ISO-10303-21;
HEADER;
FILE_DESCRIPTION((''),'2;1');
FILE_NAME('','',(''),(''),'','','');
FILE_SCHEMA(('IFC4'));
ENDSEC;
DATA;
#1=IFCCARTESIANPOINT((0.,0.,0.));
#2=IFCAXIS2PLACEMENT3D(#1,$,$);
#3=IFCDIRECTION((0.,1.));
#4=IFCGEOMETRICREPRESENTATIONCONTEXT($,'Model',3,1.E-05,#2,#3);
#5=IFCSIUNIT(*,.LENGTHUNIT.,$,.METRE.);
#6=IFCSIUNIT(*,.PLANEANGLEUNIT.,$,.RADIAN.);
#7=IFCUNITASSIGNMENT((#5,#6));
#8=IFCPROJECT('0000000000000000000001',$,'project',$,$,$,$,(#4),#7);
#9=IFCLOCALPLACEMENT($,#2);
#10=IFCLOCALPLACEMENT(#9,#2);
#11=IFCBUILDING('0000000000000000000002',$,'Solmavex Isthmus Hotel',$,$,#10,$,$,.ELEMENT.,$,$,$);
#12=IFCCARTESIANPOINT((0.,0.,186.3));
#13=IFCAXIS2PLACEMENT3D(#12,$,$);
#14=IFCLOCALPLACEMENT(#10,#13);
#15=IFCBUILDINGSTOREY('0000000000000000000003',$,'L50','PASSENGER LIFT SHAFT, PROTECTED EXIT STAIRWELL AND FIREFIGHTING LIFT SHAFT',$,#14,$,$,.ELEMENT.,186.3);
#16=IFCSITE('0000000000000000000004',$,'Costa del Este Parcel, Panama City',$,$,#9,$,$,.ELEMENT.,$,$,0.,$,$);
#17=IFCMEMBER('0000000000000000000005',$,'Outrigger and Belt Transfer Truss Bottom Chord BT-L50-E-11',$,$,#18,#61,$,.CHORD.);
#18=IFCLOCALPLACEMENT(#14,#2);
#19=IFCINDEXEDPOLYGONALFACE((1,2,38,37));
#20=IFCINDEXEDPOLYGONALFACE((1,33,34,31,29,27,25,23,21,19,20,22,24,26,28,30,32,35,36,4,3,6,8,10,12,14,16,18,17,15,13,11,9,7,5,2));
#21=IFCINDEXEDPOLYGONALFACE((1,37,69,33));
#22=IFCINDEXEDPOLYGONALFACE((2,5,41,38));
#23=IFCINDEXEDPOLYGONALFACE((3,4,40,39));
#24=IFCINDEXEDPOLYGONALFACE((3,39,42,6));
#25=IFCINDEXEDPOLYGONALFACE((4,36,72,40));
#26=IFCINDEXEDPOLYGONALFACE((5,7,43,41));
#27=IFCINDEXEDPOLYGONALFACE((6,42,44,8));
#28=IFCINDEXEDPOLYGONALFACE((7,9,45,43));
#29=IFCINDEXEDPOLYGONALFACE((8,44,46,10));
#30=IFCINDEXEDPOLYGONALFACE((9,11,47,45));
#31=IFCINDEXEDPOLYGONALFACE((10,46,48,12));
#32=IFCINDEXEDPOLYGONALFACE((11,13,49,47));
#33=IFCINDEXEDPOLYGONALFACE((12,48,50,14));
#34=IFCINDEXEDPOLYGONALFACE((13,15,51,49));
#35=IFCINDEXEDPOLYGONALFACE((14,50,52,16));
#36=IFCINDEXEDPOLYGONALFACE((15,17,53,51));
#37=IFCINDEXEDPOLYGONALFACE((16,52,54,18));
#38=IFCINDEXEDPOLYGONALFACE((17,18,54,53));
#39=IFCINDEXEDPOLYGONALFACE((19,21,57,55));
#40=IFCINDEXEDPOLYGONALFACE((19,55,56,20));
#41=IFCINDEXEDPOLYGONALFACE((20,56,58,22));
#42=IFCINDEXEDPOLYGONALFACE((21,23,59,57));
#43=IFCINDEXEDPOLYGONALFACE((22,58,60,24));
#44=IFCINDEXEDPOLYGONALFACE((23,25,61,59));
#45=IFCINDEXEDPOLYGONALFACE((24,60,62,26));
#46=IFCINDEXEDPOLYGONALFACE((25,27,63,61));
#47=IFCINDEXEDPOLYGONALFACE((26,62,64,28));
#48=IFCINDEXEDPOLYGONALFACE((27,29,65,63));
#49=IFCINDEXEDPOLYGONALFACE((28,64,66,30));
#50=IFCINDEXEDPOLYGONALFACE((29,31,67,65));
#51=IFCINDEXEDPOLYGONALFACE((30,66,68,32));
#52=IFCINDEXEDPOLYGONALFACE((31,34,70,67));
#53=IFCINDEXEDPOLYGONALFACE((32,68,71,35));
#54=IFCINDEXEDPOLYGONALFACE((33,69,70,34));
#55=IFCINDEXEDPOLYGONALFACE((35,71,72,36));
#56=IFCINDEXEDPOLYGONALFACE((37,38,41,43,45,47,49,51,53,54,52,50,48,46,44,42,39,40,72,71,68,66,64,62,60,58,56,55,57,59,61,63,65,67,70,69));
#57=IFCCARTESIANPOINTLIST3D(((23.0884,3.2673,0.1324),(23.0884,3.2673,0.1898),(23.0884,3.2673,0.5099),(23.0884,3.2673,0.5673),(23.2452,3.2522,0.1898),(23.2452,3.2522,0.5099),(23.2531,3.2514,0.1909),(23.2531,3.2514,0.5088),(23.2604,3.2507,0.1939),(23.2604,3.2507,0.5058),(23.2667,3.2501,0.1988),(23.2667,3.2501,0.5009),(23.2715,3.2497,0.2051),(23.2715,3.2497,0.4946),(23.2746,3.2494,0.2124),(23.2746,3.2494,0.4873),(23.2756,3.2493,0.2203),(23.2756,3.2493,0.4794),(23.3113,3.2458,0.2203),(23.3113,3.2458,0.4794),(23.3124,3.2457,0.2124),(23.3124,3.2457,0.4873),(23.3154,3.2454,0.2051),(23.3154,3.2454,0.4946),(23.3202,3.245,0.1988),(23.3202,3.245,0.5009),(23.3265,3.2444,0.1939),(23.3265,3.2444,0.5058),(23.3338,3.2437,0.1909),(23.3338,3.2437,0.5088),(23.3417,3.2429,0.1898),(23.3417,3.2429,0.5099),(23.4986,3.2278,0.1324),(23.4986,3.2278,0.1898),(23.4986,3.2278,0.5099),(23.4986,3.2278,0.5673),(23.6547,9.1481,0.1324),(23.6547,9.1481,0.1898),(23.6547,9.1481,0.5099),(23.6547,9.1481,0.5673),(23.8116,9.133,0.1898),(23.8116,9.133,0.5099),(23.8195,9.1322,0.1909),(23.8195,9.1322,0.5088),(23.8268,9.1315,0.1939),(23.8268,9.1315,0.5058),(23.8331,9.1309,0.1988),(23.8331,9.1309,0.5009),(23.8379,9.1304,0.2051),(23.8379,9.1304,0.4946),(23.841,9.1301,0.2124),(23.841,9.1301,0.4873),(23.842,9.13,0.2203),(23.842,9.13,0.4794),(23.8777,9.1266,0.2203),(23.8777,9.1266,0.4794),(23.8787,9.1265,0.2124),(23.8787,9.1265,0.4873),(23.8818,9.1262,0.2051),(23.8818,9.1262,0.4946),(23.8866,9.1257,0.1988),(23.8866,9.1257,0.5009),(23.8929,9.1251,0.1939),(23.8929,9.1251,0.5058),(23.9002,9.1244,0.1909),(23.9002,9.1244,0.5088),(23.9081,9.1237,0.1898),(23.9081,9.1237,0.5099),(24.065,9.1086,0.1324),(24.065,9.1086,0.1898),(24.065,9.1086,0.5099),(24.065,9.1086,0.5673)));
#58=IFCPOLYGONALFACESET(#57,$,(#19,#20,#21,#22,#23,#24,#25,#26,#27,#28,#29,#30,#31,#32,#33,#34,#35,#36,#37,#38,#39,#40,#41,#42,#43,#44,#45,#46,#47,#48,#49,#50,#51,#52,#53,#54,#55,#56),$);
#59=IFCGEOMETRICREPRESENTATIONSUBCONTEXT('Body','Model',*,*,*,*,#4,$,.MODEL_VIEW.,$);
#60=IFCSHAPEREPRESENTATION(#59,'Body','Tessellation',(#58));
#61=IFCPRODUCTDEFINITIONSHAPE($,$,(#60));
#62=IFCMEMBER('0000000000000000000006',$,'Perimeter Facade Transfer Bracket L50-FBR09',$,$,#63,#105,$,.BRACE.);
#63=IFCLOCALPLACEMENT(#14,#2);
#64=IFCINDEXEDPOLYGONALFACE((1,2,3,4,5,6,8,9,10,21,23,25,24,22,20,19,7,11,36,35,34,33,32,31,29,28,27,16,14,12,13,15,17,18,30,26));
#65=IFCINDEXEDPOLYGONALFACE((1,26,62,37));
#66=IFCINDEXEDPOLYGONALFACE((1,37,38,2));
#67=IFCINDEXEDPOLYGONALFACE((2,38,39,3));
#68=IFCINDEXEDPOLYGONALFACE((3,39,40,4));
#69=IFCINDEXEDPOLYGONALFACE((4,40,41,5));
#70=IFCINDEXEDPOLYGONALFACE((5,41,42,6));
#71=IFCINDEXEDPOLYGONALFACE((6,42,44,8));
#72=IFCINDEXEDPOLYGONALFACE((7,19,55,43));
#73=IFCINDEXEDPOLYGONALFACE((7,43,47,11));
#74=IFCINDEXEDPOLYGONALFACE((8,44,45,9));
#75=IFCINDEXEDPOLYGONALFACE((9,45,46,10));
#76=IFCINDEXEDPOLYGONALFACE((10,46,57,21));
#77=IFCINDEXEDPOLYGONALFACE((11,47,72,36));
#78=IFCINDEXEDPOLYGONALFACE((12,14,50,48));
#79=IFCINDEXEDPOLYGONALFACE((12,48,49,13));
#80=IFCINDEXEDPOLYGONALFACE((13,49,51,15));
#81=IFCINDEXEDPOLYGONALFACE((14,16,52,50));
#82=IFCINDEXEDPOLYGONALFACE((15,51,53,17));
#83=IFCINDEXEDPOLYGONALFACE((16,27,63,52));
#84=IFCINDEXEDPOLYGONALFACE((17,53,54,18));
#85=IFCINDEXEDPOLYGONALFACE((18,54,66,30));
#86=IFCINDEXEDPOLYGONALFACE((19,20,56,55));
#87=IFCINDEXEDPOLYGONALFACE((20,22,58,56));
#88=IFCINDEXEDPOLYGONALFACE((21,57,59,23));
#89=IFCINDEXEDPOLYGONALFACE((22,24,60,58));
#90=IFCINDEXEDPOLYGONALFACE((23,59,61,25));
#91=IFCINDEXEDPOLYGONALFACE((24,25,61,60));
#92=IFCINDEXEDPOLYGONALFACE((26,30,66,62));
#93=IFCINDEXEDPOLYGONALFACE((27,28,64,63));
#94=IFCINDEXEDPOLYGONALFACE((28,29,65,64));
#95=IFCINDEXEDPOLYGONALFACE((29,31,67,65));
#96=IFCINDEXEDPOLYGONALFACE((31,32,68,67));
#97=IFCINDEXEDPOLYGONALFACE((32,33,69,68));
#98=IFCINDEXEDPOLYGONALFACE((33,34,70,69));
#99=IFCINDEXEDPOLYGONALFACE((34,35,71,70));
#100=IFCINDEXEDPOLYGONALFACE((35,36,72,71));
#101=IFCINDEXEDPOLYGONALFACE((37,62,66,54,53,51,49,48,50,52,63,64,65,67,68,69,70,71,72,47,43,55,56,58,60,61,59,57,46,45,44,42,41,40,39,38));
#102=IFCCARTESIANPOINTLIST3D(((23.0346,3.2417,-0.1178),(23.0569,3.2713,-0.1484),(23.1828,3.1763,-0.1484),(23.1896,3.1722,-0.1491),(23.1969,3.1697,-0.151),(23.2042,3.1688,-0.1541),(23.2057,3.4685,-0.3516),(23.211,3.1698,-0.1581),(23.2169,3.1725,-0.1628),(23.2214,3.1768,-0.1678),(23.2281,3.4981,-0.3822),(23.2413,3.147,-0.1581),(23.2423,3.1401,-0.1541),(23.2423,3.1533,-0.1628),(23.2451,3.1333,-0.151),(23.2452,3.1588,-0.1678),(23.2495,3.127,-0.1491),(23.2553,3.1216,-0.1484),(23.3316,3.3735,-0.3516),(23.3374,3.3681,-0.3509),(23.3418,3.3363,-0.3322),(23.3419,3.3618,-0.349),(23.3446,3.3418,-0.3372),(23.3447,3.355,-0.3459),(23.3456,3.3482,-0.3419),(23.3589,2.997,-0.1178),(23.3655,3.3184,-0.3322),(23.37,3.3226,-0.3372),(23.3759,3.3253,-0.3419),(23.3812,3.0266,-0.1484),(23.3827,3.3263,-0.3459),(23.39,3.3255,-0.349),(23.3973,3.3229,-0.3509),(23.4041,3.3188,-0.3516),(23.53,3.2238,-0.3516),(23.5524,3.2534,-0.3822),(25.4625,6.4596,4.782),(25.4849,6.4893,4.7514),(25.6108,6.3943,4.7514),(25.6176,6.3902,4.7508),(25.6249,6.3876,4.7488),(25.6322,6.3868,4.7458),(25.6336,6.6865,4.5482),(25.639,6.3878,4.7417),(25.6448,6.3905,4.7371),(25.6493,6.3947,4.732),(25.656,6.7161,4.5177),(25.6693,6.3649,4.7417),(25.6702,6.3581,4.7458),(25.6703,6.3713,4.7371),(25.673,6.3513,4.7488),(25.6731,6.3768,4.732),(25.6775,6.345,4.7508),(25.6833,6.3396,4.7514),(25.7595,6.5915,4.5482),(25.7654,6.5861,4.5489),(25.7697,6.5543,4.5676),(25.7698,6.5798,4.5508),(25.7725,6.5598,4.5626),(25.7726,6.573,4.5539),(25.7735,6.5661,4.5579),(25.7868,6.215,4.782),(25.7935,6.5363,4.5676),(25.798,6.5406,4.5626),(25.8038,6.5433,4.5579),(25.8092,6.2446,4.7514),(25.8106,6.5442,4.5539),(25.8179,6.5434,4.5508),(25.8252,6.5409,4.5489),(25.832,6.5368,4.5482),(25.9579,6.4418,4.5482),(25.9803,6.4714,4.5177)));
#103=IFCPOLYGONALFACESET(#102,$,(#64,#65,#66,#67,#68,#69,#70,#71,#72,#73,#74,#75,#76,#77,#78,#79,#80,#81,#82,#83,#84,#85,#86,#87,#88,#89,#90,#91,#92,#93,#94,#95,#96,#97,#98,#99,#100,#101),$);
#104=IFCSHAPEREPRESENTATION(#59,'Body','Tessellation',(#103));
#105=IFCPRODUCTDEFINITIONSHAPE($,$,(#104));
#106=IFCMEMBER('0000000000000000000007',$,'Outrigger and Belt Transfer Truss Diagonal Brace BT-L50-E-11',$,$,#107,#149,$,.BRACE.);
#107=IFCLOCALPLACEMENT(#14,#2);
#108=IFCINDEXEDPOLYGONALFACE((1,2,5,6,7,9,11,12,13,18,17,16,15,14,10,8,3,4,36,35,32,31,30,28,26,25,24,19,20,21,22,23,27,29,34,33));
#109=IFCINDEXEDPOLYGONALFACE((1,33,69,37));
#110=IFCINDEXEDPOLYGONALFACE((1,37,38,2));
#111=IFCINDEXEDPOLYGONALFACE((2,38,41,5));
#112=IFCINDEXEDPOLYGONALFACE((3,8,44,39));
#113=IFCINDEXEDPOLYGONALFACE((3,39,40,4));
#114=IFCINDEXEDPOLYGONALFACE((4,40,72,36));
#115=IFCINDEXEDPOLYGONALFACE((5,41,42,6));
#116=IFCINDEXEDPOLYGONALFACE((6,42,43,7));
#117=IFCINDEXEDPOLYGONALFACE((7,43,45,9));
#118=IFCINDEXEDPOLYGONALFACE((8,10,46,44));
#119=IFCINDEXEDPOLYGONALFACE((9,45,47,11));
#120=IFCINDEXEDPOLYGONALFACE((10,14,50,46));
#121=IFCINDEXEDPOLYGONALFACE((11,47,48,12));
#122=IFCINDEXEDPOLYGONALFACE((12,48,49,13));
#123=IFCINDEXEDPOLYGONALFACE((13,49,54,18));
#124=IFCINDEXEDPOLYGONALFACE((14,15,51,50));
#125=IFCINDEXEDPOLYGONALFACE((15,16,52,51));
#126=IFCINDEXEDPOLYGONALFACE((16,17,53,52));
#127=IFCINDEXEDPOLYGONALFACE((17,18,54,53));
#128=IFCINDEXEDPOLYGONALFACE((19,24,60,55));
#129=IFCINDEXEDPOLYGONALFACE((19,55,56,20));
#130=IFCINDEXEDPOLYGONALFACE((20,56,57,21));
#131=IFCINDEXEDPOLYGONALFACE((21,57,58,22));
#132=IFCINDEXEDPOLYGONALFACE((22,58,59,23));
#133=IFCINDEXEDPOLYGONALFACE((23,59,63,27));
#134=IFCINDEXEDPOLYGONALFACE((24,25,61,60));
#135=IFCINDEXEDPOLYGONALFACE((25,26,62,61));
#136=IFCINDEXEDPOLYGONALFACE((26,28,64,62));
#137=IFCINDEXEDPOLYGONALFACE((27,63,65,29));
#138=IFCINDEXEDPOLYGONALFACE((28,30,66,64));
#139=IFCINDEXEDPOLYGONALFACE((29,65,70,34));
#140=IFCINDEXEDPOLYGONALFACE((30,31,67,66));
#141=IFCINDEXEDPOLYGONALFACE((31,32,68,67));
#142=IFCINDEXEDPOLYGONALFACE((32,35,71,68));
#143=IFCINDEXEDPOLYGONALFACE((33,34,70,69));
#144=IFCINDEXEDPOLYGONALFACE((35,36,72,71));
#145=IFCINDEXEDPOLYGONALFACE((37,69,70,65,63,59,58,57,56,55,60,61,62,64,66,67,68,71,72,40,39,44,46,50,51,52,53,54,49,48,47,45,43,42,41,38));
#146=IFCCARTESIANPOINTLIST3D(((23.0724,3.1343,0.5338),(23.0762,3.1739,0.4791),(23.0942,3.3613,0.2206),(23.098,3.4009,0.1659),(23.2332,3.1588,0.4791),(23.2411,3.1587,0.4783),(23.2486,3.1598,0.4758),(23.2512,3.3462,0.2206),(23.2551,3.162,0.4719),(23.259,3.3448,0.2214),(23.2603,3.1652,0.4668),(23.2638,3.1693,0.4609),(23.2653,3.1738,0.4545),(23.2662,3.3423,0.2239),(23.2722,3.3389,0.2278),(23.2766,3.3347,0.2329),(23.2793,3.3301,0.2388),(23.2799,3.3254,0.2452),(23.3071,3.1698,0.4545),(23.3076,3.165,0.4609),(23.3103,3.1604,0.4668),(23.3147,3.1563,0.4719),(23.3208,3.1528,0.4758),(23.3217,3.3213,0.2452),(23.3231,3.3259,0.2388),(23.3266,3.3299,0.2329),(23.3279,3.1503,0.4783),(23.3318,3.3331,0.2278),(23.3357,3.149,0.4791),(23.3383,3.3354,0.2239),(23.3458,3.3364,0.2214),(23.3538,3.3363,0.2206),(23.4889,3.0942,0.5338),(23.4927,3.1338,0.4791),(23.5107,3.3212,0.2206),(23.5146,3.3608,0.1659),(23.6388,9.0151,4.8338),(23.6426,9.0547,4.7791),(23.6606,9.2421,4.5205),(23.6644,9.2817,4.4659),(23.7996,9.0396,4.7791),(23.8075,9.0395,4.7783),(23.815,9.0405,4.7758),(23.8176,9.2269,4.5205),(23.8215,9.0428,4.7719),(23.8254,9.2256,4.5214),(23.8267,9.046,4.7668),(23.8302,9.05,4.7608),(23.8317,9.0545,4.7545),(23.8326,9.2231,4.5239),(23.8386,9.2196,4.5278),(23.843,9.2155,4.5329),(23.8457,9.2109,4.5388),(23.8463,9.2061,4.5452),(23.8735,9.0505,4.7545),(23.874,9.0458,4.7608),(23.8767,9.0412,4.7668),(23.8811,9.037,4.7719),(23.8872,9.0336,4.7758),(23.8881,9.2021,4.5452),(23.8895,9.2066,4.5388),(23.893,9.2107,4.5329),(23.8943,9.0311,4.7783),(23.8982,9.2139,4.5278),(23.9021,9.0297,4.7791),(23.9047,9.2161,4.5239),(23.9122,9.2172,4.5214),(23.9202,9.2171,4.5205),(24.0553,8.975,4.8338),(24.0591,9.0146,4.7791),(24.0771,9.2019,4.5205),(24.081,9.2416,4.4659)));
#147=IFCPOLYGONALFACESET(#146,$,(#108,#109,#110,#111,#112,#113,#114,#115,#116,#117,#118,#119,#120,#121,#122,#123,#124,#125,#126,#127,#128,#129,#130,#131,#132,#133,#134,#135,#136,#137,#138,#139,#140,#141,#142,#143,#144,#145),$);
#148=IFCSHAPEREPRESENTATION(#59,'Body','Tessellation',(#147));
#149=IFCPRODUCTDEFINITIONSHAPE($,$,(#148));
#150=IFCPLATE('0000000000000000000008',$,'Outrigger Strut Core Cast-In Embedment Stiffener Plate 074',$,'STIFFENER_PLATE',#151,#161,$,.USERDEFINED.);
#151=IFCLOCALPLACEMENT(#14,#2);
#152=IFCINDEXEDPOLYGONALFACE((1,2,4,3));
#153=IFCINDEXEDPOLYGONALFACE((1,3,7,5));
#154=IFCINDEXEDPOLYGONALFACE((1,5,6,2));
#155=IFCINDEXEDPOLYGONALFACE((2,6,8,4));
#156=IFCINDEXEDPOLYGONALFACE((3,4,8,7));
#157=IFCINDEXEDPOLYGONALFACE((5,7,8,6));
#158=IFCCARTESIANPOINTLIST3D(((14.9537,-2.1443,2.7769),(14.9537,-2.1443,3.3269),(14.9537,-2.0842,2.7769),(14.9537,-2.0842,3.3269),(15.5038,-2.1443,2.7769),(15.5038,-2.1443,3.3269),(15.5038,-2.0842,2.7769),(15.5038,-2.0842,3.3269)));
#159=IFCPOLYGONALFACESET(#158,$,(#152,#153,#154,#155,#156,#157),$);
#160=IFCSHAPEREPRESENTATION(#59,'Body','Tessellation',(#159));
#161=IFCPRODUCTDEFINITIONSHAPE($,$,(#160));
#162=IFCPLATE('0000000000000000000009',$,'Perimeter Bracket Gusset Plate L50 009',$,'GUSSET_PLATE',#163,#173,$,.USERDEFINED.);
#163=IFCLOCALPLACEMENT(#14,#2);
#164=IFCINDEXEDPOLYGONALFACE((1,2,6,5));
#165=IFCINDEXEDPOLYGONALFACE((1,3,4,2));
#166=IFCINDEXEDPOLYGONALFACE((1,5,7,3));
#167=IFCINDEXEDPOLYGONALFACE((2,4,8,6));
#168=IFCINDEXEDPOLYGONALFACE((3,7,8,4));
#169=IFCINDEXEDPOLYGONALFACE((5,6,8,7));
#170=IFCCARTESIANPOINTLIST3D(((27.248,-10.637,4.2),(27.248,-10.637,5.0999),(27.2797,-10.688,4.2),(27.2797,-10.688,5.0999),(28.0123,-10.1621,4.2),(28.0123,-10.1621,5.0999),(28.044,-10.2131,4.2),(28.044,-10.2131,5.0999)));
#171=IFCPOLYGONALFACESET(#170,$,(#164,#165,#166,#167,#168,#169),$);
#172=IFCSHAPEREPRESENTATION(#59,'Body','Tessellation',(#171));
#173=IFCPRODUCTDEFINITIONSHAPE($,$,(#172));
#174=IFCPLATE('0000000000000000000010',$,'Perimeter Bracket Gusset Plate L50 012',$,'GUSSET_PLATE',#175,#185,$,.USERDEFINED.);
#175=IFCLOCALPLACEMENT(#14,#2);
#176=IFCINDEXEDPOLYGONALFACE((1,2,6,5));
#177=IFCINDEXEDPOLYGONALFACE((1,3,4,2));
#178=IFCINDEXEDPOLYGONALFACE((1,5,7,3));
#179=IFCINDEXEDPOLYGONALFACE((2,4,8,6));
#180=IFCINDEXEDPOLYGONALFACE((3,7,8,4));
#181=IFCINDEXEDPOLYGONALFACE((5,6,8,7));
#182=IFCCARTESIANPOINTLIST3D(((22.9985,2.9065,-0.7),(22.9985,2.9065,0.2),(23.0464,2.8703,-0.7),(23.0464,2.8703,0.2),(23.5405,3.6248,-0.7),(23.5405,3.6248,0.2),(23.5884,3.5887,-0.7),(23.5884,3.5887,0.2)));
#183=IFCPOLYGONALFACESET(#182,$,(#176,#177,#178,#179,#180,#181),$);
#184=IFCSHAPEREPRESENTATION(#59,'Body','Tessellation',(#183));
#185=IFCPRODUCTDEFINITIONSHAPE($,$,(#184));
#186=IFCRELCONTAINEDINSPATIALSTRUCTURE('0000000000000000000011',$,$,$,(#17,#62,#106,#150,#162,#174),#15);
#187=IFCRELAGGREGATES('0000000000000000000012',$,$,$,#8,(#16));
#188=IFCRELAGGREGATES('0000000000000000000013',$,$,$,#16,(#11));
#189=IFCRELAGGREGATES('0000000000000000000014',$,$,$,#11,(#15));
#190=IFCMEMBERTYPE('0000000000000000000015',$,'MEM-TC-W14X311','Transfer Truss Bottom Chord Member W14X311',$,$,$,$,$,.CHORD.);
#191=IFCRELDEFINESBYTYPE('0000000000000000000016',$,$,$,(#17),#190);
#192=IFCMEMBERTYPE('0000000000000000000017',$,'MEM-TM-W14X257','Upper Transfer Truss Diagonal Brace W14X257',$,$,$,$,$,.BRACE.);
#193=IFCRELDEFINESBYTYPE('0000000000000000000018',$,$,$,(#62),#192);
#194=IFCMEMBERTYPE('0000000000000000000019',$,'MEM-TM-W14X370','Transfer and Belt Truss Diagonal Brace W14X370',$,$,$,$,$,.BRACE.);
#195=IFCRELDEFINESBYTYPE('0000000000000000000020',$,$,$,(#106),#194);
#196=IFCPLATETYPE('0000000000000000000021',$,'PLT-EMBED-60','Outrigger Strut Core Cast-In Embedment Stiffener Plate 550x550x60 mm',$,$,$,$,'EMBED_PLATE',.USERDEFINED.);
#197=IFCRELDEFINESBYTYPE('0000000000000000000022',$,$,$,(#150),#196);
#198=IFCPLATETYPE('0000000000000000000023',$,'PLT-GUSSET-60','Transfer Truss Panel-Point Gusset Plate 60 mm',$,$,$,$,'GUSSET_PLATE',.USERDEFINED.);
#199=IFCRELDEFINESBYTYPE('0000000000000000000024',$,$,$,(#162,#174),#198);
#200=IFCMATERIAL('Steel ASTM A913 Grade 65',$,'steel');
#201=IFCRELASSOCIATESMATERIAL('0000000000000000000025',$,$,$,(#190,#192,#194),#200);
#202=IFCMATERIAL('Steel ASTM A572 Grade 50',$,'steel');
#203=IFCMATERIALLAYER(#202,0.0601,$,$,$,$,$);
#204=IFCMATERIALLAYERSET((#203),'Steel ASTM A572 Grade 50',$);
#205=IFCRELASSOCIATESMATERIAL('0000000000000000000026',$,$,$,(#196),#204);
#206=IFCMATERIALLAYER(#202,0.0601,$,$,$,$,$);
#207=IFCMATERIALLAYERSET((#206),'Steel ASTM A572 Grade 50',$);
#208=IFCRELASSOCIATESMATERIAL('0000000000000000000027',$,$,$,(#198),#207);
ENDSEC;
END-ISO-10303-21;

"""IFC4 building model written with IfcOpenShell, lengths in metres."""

from ifc_helpers import new_model, si_unit, direction, frame, origin, origin_2d, place, context, subcontext, project, spatial, rectangle, i_section, extrude, material, layer, layer_set, material_profile, profile_set, type_object, element, save


model = new_model("IFC4")

# Units and contexts
model_context = context("Model", 3, precision=1e-05, world=origin(), true_north=direction((0.0, 1.0)))
body_context = subcontext(model_context, "Body", "Model", "MODEL_VIEW")
ifc_project = project(units=[si_unit("LENGTHUNIT", "METRE"), si_unit("PLANEANGLEUNIT", "RADIAN")], contexts=[model_context])

# Site, building, storey
site_placement = place(None, origin())
site = spatial("IfcSite", under=ifc_project, at=site_placement, Name="Costa del Este Parcel, Panama City", CompositionType="ELEMENT", RefElevation=0.0)
building_placement = place(site_placement, origin())
building = spatial("IfcBuilding", under=site, at=building_placement, Name="Solmavex Isthmus Hotel", CompositionType="ELEMENT")
storey_placement = place(building_placement, frame((0.0, 0.0, 186.3)))
storey = spatial("IfcBuildingStorey", under=building, at=storey_placement, Name="L50", Description="PASSENGER LIFT SHAFT, PROTECTED EXIT STAIRWELL AND FIREFIGHTING LIFT SHAFT", CompositionType="ELEMENT", Elevation=186.3)

# Shared definitions
ifc_material_1 = material(Name="Steel ASTM A913 Grade 65", Category="steel")

# Members
ifc_material_profile_1 = material_profile(ifc_material_1, i_section(OverallWidth=0.4121, OverallDepth=0.4348, WebThickness=0.0359, FlangeThickness=0.0574, FilletRadius=0.0305, at=origin_2d()), Name="W14X311")
ifc_profile_set_1 = profile_set([ifc_material_profile_1], Name="Steel ASTM A913 Grade 65")
member_type_1 = type_object("IfcMemberType", Name="MEM-TC-W14X311", Description="Transfer Truss Bottom Chord Member W14X311", PredefinedType="CHORD", material=ifc_profile_set_1)
member_1_placement = place(storey_placement, frame((23.2935, 3.2476, 0.3499), z_axis=(0.09587, 0.995394, 0.0), x_axis=(-0.995394, 0.09587, 0.0)))
element("IfcMember", 1, at=member_1_placement, inside=storey, type_object=member_type_1, Name="Outrigger and Belt Transfer Truss Bottom Chord BT-L50-E-11", PredefinedType="CHORD", context=body_context, shape_type="SweptSolid", body=[
    extrude(i_section(OverallWidth=0.4121, OverallDepth=0.4348, WebThickness=0.0359, FlangeThickness=0.0574, FilletRadius=0.0305, at=origin_2d()), origin(), (0.0, 0.0, 1.0), 5.908),
])
ifc_material_profile_2 = material_profile(ifc_material_1, i_section(OverallWidth=0.4062, OverallDepth=0.416, WebThickness=0.0298, FlangeThickness=0.0481, FilletRadius=0.0305, at=origin_2d()), Name="W14X257")
ifc_profile_set_2 = profile_set([ifc_material_profile_2], Name="Steel ASTM A913 Grade 65")
member_type_2 = type_object("IfcMemberType", Name="MEM-TM-W14X257", Description="Upper Transfer Truss Diagonal Brace W14X257", PredefinedType="BRACE", material=ifc_profile_set_2)
member_2_placement = place(storey_placement, frame((23.2935, 3.2476, -0.25), z_axis=(0.382657, 0.507169, 0.772239), x_axis=(-0.798274, 0.602294, 0.0)))
element("IfcMember", 2, at=member_2_placement, inside=storey, type_object=member_type_2, Name="Perimeter Facade Transfer Bracket L50-FBR09", PredefinedType="BRACE", context=body_context, shape_type="SweptSolid", body=[
    extrude(i_section(OverallWidth=0.4062, OverallDepth=0.416, WebThickness=0.0298, FlangeThickness=0.0481, FilletRadius=0.0305, at=origin_2d()), origin(), (0.0, 0.0, 1.0), 6.345),
])
ifc_material_profile_3 = material_profile(ifc_material_1, i_section(OverallWidth=0.4185, OverallDepth=0.4551, WebThickness=0.042, FlangeThickness=0.0676, FilletRadius=0.0305, at=origin_2d()), Name="W14X370")
ifc_profile_set_3 = profile_set([ifc_material_profile_3], Name="Steel ASTM A913 Grade 65")
member_type_3 = type_object("IfcMemberType", Name="MEM-TM-W14X370", Description="Transfer and Belt Truss Diagonal Brace W14X370", PredefinedType="BRACE", material=ifc_profile_set_3)
member_3_placement = place(storey_placement, frame((23.2935, 3.2476, 0.3499), z_axis=(0.077513, 0.804799, 0.588464), x_axis=(-0.995394, 0.09587, 0.0)))
element("IfcMember", 3, at=member_3_placement, inside=storey, type_object=member_type_3, Name="Outrigger and Belt Transfer Truss Diagonal Brace BT-L50-E-11", PredefinedType="BRACE", context=body_context, shape_type="SweptSolid", body=[
    extrude(i_section(OverallWidth=0.4185, OverallDepth=0.4551, WebThickness=0.042, FlangeThickness=0.0676, FilletRadius=0.0305, at=origin_2d()), origin(), (0.0, 0.0, 1.0), 7.3071),
])

# Plates
ifc_material_2 = material(Name="Steel ASTM A572 Grade 50", Category="steel")
ifc_layer_1 = layer(ifc_material_2, 0.0601)
ifc_layer_set_1 = layer_set([ifc_layer_1], Name="Steel ASTM A572 Grade 50")
plate_type_1 = type_object("IfcPlateType", Name="PLT-EMBED-60", Description="Outrigger Strut Core Cast-In Embedment Stiffener Plate 550x550x60 mm", ElementType="EMBED_PLATE", PredefinedType="USERDEFINED", material=ifc_layer_set_1)
plate_placement = place(storey_placement, frame((15.2288, -2.1143, 2.7769), z_axis=(0.0, 0.0, 1.0), x_axis=(1.0, 0.0, 0.0)))
element("IfcPlate", 4, at=plate_placement, inside=storey, type_object=plate_type_1, Name="Outrigger Strut Core Cast-In Embedment Stiffener Plate 074", ObjectType="STIFFENER_PLATE", PredefinedType="USERDEFINED", context=body_context, shape_type="SweptSolid", body=[
    extrude(rectangle(XDim=0.55, YDim=0.0601, at=origin_2d()), origin(), (0.0, 0.0, 1.0), 0.55),
])
ifc_layer_2 = layer(ifc_material_2, 0.0601)
ifc_layer_set_2 = layer_set([ifc_layer_2], Name="Steel ASTM A572 Grade 50")
plate_type_2 = type_object("IfcPlateType", Name="PLT-GUSSET-60", Description="Transfer Truss Panel-Point Gusset Plate 60 mm", ElementType="GUSSET_PLATE", PredefinedType="USERDEFINED", material=ifc_layer_set_2)
for number, where, z_axis, x_axis, name in (
    (5, (27.646, -10.425, 4.2), (0.0, 0.0, 1.0), (0.849368, 0.527801, 0.0), "Perimeter Bracket Gusset Plate L50 009"),
    (6, (23.2935, 3.2476, -0.7), (0.0, 0.0, 1.0), (0.602275, 0.798289, 0.0), "Perimeter Bracket Gusset Plate L50 012"),
):
    element("IfcPlate", number, at=place(storey_placement, frame(where, z_axis=z_axis, x_axis=x_axis)), inside=storey, type_object=plate_type_2, Name=name, ObjectType="GUSSET_PLATE", PredefinedType="USERDEFINED", context=body_context, shape_type="SweptSolid", body=[
        extrude(rectangle(XDim=0.8999, YDim=0.0601, at=origin_2d()), origin(), (0.0, 0.0, 1.0), 0.8999),
    ])

save(model, "model.ifc")
